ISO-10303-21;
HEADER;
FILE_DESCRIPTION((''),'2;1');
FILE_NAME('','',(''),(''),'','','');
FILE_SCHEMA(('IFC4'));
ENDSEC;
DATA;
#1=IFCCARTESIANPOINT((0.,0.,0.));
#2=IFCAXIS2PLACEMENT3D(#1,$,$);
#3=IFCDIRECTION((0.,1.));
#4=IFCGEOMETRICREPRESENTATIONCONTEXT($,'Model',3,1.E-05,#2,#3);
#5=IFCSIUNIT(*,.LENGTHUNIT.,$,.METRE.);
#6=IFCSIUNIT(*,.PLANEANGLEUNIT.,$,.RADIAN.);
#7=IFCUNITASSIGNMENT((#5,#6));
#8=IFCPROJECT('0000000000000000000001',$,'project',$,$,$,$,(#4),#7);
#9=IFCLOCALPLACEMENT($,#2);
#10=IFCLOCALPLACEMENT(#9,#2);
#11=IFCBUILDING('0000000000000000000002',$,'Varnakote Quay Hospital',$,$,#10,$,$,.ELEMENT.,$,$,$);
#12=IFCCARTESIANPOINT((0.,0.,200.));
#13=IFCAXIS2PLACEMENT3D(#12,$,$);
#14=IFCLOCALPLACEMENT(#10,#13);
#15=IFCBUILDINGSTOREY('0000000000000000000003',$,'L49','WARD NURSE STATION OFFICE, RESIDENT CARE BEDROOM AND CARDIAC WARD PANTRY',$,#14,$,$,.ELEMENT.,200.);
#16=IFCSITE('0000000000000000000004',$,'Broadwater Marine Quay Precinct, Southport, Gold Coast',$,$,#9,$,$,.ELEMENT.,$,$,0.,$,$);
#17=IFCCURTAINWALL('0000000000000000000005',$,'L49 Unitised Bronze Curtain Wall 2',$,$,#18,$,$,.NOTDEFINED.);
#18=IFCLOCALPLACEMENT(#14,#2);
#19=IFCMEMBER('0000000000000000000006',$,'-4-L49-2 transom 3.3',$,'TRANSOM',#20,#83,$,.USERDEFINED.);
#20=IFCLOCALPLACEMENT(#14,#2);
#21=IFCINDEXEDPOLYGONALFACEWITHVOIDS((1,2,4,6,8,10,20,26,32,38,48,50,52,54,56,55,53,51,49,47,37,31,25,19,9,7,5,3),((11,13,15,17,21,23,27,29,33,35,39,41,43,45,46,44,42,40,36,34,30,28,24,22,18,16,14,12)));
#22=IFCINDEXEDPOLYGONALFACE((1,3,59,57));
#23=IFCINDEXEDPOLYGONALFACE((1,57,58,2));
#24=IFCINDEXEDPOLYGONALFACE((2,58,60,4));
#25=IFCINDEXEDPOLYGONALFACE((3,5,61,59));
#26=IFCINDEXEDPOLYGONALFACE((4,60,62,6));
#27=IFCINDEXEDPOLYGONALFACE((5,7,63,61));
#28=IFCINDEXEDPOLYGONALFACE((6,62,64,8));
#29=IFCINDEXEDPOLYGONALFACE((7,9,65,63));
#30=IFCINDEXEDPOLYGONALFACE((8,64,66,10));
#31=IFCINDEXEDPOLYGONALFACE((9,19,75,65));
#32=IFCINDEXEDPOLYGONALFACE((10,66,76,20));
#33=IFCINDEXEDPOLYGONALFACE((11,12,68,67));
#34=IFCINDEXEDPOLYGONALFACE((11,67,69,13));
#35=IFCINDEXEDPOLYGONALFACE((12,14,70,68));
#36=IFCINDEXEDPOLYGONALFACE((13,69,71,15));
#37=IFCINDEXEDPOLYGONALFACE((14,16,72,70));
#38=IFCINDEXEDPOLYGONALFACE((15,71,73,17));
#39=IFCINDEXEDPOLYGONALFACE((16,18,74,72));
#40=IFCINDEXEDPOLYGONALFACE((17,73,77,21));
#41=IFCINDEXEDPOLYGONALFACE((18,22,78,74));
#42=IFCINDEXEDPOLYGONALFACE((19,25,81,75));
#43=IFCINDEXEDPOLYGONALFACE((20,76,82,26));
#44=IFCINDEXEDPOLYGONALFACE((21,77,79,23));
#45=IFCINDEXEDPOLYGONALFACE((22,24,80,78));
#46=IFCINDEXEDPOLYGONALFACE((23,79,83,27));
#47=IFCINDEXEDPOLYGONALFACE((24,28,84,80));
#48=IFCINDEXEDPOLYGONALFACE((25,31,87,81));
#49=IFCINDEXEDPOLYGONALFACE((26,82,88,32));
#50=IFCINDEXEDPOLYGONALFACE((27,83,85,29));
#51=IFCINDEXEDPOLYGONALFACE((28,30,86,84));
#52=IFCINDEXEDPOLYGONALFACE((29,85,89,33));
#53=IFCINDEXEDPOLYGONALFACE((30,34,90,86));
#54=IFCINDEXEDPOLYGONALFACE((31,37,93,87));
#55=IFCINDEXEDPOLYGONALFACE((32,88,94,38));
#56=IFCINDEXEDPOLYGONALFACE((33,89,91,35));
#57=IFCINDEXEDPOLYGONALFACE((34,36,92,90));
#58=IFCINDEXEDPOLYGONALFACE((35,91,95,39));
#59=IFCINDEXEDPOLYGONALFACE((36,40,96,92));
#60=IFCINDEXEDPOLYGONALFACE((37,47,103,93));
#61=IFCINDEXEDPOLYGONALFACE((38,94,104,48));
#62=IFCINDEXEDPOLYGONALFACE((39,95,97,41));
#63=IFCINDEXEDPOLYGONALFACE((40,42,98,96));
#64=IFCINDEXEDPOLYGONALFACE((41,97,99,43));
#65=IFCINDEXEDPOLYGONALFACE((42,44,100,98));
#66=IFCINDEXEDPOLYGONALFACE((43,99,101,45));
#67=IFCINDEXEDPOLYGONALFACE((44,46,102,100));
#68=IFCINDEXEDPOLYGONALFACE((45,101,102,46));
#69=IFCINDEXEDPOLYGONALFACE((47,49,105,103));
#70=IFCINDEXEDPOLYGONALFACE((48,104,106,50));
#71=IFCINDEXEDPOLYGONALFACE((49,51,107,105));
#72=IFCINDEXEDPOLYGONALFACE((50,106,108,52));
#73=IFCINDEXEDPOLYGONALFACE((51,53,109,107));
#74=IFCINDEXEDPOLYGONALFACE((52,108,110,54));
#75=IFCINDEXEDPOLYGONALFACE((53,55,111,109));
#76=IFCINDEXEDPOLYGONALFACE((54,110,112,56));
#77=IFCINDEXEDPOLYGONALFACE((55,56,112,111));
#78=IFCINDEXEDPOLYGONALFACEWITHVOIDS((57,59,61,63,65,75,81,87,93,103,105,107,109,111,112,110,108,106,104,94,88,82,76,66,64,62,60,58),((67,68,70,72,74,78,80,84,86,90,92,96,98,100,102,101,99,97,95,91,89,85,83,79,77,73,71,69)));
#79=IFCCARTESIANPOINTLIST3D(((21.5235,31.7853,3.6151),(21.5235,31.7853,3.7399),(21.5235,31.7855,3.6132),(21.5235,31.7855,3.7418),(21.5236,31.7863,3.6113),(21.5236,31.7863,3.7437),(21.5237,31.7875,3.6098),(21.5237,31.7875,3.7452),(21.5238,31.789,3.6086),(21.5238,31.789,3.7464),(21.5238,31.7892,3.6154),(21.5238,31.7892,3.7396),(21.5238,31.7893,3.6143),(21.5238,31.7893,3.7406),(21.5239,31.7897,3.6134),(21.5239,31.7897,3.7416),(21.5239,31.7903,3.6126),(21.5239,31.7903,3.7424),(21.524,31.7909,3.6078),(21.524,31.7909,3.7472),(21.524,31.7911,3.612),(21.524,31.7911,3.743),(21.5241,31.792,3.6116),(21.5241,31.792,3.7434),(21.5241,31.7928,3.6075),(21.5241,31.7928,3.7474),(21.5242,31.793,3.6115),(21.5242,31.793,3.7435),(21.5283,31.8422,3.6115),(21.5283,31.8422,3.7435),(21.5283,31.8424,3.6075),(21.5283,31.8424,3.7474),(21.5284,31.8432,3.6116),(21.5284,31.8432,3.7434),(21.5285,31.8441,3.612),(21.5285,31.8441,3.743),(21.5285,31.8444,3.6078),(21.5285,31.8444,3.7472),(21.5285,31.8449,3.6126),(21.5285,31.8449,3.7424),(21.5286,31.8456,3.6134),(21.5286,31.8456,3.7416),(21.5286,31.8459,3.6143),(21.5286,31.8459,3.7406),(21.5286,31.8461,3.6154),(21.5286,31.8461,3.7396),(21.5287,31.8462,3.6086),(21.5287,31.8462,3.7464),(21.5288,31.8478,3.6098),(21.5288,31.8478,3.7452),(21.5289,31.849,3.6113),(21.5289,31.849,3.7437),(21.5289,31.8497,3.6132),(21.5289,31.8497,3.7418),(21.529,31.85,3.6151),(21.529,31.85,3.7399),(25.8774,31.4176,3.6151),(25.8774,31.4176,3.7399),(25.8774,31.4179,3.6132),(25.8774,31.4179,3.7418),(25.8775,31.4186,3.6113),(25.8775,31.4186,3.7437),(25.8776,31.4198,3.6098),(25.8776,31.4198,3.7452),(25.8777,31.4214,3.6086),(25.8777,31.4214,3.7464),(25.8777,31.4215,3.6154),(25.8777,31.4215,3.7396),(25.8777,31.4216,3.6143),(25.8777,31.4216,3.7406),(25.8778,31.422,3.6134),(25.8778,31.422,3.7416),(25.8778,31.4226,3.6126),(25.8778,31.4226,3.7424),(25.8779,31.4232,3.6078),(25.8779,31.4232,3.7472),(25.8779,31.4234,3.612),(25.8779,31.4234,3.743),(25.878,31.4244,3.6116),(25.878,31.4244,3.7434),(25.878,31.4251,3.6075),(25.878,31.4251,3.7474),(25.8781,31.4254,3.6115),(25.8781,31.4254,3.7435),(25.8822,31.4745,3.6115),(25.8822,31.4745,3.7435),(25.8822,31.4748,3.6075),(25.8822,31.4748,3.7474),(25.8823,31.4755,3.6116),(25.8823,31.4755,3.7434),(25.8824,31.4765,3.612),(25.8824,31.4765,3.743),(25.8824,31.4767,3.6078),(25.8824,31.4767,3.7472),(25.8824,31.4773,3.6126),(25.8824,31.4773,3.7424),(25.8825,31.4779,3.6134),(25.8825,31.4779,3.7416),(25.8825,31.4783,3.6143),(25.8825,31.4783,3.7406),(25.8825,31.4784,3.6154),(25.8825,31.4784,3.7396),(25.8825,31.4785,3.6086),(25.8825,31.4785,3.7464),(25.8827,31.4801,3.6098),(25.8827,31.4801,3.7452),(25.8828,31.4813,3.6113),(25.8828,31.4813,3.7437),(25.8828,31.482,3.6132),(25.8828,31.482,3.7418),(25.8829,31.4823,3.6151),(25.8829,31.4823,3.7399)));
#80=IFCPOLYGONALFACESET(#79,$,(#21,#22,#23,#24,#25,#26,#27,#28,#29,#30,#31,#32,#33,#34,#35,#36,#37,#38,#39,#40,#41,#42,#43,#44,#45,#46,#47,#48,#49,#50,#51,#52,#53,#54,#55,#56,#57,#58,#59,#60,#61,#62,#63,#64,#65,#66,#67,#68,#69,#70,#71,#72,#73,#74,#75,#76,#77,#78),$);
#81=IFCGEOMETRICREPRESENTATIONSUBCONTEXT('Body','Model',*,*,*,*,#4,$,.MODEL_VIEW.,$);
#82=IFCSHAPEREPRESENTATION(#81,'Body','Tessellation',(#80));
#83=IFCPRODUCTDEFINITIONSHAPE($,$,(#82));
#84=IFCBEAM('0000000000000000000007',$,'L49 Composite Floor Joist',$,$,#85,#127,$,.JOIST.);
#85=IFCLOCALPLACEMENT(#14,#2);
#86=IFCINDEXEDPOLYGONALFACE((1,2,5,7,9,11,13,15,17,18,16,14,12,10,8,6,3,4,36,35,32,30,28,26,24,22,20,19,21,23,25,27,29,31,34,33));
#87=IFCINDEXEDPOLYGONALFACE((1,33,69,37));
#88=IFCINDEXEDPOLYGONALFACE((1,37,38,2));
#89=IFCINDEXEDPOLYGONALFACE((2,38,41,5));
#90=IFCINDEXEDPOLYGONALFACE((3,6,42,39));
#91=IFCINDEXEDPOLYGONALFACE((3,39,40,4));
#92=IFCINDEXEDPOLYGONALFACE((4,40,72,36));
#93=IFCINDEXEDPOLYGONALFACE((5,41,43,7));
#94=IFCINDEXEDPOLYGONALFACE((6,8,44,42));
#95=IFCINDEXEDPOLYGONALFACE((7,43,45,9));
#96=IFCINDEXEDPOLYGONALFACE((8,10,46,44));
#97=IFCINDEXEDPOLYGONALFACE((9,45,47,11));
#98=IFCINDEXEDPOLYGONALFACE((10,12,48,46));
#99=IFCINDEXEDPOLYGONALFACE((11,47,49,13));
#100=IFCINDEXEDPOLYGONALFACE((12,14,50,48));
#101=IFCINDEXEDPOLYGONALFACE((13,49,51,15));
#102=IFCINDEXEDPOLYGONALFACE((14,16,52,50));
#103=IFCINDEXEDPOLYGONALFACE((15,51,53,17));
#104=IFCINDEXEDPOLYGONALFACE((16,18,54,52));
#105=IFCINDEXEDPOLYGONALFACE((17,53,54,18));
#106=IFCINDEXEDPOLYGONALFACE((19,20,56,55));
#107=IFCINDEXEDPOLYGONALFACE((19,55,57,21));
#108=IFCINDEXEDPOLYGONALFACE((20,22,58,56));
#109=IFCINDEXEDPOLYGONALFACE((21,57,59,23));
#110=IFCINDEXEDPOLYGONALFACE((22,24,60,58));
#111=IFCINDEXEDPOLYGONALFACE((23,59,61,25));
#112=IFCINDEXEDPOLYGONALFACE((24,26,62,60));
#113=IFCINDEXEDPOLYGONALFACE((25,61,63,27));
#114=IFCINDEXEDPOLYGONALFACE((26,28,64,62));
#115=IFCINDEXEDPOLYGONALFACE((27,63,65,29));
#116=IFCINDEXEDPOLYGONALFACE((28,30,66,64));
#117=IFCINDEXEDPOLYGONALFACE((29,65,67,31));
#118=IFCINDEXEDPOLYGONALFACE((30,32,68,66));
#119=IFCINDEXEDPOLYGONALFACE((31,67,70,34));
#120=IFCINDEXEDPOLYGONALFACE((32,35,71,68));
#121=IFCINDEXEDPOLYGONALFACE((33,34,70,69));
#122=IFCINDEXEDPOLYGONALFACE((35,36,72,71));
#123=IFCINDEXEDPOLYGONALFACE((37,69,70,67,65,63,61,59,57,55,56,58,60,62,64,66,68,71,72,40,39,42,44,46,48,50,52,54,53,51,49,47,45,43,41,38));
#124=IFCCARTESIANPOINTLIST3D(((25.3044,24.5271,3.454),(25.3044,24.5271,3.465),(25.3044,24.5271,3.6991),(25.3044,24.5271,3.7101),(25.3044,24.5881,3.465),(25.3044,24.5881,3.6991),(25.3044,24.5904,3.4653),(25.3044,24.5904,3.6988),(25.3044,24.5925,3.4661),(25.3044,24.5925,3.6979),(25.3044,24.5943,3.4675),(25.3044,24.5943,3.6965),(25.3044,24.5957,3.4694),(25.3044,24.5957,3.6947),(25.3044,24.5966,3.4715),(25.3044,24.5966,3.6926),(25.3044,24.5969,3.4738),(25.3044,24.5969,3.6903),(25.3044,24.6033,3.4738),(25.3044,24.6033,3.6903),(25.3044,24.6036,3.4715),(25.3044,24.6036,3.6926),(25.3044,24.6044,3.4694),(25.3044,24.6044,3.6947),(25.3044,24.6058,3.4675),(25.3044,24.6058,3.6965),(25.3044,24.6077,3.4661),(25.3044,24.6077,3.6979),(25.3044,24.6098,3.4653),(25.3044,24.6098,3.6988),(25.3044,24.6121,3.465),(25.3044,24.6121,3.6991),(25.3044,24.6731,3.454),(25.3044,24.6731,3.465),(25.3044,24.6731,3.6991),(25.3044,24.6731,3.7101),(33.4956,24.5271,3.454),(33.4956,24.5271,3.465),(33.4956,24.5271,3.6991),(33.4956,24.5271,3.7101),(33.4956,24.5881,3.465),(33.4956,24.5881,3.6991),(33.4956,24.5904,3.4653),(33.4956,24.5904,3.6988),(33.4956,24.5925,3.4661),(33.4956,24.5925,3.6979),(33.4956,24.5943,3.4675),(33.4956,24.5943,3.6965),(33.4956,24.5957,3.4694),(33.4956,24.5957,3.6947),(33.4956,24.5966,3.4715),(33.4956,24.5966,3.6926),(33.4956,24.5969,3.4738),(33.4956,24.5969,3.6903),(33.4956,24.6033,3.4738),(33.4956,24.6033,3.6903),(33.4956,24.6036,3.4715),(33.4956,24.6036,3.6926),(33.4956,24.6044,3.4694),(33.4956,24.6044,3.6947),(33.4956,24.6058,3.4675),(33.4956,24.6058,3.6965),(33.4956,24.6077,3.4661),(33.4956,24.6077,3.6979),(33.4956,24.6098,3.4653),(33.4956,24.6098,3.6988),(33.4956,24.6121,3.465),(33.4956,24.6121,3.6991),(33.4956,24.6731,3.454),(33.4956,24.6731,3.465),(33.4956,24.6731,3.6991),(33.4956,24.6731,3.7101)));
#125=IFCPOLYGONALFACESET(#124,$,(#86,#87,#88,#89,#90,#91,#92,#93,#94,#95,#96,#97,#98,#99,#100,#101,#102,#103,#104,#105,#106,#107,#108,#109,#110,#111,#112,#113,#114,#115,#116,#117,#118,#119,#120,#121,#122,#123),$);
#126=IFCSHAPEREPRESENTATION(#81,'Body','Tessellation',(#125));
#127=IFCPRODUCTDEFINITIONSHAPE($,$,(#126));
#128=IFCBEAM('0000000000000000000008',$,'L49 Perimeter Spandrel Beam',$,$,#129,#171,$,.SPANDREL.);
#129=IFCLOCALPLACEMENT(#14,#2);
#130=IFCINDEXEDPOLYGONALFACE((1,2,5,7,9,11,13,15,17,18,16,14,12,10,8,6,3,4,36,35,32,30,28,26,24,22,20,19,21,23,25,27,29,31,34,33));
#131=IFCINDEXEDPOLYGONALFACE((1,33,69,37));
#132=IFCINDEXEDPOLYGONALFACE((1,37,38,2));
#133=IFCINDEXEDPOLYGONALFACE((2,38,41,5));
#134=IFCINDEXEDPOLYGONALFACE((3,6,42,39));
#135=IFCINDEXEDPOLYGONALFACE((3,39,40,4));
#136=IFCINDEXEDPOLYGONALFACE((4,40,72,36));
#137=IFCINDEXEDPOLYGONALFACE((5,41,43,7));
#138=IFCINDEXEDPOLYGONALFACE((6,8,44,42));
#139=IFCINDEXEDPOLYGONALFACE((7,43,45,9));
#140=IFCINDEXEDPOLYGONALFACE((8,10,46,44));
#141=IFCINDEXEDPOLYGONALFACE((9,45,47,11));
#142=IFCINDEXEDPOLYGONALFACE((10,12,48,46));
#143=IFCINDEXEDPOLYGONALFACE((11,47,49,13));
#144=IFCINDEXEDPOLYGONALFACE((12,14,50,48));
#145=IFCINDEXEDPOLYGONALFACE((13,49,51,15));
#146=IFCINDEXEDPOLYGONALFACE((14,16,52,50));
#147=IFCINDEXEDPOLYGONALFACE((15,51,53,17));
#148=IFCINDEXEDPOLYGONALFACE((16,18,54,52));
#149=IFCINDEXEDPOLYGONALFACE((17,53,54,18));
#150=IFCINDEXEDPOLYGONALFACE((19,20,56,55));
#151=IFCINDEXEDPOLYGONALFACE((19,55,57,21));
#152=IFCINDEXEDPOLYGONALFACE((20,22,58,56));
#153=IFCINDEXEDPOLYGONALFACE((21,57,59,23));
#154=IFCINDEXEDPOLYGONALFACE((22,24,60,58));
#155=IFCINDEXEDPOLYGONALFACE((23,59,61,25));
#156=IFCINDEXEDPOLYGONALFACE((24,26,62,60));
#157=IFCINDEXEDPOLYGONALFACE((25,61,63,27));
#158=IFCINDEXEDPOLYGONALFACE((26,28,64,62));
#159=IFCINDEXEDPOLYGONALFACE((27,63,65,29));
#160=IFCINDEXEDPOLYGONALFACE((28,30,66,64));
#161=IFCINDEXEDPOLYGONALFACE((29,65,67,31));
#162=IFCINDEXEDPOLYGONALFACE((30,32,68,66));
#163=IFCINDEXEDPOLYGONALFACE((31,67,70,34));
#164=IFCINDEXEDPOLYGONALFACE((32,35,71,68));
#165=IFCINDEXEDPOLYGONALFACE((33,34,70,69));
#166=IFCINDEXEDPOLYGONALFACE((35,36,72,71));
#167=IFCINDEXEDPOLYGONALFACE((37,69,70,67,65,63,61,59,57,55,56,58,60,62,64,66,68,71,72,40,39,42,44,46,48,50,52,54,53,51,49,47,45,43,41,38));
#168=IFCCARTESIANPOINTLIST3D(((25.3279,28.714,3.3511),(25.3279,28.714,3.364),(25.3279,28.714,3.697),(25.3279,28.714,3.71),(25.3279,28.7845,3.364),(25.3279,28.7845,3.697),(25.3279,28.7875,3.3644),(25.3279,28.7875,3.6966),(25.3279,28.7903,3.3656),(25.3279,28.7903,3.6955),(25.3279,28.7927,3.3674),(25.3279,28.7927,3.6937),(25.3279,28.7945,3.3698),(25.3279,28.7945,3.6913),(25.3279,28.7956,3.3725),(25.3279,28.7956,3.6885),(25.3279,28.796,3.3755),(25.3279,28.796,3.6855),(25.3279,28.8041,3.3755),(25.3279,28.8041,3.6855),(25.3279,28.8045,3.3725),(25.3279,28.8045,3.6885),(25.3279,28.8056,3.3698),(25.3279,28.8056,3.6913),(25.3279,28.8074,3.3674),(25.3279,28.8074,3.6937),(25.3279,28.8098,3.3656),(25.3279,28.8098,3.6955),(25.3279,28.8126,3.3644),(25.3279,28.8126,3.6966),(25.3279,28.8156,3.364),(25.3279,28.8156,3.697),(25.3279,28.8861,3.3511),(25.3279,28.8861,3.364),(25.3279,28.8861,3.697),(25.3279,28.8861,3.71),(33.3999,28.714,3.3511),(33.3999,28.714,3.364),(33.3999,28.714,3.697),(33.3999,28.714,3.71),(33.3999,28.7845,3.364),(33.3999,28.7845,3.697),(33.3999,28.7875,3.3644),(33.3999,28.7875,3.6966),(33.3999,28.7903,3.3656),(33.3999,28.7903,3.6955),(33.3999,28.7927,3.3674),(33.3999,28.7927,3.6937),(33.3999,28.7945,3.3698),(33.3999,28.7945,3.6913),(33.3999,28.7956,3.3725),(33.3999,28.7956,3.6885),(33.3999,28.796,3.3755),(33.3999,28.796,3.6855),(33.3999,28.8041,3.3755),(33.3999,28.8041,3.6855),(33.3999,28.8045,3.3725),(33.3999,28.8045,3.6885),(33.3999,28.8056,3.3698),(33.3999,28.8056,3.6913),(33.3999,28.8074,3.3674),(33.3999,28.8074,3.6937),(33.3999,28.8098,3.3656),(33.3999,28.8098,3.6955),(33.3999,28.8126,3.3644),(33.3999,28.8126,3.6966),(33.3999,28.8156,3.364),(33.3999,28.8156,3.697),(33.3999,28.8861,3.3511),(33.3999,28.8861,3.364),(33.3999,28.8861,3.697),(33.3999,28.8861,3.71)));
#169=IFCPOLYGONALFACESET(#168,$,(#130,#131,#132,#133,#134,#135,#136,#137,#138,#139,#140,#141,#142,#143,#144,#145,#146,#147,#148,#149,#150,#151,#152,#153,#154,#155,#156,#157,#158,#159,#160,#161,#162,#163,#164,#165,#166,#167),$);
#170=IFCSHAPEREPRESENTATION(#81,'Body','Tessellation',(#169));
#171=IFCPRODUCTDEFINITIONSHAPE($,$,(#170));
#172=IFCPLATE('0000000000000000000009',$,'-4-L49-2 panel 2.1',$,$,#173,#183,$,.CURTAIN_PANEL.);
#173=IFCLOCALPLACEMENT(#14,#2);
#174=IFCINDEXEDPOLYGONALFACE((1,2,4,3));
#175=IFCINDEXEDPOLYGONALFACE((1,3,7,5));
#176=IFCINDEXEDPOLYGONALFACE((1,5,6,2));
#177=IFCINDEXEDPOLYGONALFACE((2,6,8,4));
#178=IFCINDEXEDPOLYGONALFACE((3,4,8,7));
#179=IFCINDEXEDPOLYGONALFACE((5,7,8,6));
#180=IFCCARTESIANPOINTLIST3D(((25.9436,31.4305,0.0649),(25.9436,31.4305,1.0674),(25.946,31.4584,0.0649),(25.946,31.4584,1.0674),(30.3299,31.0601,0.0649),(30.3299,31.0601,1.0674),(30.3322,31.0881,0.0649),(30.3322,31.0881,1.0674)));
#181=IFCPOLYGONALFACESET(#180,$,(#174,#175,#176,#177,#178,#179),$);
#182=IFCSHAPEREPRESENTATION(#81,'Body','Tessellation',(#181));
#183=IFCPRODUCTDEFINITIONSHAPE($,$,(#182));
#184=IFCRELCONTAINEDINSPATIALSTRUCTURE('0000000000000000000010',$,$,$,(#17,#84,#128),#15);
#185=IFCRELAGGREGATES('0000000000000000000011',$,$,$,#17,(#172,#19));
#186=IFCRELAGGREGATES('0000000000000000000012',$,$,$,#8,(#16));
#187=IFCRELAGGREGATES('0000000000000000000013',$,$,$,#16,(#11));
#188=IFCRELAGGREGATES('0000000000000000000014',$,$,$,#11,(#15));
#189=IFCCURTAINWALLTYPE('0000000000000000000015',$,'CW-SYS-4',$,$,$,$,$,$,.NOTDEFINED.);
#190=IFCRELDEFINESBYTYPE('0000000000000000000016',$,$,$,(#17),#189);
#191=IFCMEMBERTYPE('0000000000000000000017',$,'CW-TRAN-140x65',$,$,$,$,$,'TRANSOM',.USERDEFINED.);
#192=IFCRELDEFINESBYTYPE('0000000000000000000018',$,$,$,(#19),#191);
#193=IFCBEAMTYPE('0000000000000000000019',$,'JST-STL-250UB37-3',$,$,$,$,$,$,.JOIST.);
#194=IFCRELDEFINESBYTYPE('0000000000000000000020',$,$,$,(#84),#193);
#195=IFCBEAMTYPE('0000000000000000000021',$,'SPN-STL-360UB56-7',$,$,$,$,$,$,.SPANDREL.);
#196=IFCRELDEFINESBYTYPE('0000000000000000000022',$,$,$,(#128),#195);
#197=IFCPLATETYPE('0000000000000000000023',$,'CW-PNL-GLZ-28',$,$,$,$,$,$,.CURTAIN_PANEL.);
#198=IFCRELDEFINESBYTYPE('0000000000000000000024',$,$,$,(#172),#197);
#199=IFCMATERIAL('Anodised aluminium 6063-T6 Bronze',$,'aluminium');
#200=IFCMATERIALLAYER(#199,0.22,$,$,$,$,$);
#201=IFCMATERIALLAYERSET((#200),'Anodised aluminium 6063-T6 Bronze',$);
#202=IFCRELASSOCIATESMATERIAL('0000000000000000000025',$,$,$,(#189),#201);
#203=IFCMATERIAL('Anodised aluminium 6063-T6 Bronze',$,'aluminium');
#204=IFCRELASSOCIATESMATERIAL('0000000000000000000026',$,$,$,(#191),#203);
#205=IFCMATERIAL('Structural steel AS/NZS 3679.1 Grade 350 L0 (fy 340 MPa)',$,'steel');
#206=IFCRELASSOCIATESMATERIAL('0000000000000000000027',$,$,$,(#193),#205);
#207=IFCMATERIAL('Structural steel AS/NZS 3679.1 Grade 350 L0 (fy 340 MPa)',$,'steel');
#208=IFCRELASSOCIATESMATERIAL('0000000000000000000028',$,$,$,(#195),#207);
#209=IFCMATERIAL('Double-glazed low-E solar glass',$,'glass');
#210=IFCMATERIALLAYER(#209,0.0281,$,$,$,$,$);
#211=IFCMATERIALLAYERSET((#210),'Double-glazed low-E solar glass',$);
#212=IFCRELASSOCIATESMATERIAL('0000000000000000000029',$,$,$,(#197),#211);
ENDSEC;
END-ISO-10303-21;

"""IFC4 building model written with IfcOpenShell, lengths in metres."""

from ifc_helpers import new_model, si_unit, direction, frame, origin, origin_2d, place, context, subcontext, project, spatial, rectangle, hollow_rectangle, i_section, extrude, material, layer, layer_set, material_profile, profile_set, type_object, element, aggregate, save


model = new_model("IFC4")

# Units and contexts
model_context = context("Model", 3, precision=1e-05, world=origin(), true_north=direction((0.0, 1.0)))
body_context = subcontext(model_context, "Body", "Model", "MODEL_VIEW")
ifc_project = project(units=[si_unit("LENGTHUNIT", "METRE"), si_unit("PLANEANGLEUNIT", "RADIAN")], contexts=[model_context])

# Site, building, storey
site_placement = place(None, origin())
site = spatial("IfcSite", under=ifc_project, at=site_placement, Name="Broadwater Marine Quay Precinct, Southport, Gold Coast", CompositionType="ELEMENT", RefElevation=0.0)
building_placement = place(site_placement, origin())
building = spatial("IfcBuilding", under=site, at=building_placement, Name="Varnakote Quay Hospital", CompositionType="ELEMENT")
storey_placement = place(building_placement, frame((0.0, 0.0, 200.0)))
storey = spatial("IfcBuildingStorey", under=building, at=storey_placement, Name="L49", Description="WARD NURSE STATION OFFICE, RESIDENT CARE BEDROOM AND CARDIAC WARD PANTRY", CompositionType="ELEMENT", Elevation=200.0)

# Curtain wall, member
ifc_material_1 = material(Name="Anodised aluminium 6063-T6 Bronze", Category="aluminium")
ifc_layer_1 = layer(ifc_material_1, 0.22)
ifc_layer_set_1 = layer_set([ifc_layer_1], Name="Anodised aluminium 6063-T6 Bronze")
curtain_wall_type = type_object("IfcCurtainWallType", Name="CW-SYS-4", PredefinedType="NOTDEFINED", material=ifc_layer_set_1)
curtain_wall_placement = place(storey_placement, origin())
curtain_wall = element("IfcCurtainWall", 1, at=curtain_wall_placement, inside=storey, type_object=curtain_wall_type, Name="L49 Unitised Bronze Curtain Wall 2", PredefinedType="NOTDEFINED")
ifc_material_2 = material(Name="Anodised aluminium 6063-T6 Bronze", Category="aluminium")
ifc_material_profile_1 = material_profile(ifc_material_2, hollow_rectangle(XDim=0.0649, YDim=0.1399, WallThickness=0.0039, InnerFilletRadius=0.0039, OuterFilletRadius=0.0076, at=origin_2d()), Name="CW-TRAN-140x65")
ifc_profile_set_1 = profile_set([ifc_material_profile_1], Name="Anodised aluminium 6063-T6 Bronze")
member_type_1 = type_object("IfcMemberType", Name="CW-TRAN-140x65", ElementType="TRANSOM", PredefinedType="USERDEFINED", material=ifc_profile_set_1)
member_1_placement = place(storey_placement, frame((25.8801, 31.45, 3.6775), z_axis=(-0.996453, 0.084146, 0.0), x_axis=(-0.084146, -0.996453, 0.0)))
member_1 = element("IfcMember", 2, at=member_1_placement, type_object=member_type_1, Name="-4-L49-2 transom 3.3", ObjectType="TRANSOM", PredefinedType="USERDEFINED", context=body_context, shape_type="SweptSolid", body=[
    extrude(hollow_rectangle(XDim=0.0649, YDim=0.1399, WallThickness=0.0039, InnerFilletRadius=0.0039, OuterFilletRadius=0.0076, at=origin_2d()), origin(), (0.0, 0.0, 1.0), 4.3694),
])

# Beams
ifc_material_3 = material(Name="Structural steel AS/NZS 3679.1 Grade 350 L0 (fy 340 MPa)", Category="steel")
ifc_material_profile_2 = material_profile(ifc_material_3, i_section(OverallWidth=0.146, OverallDepth=0.2561, WebThickness=0.0063, FlangeThickness=0.011, FilletRadius=0.0088, at=origin_2d()), Name="250UB37.3")
ifc_profile_set_2 = profile_set([ifc_material_profile_2], Name="Structural steel AS/NZS 3679.1 Grade 350 L0 (fy 340 MPa)")
beam_type_1 = type_object("IfcBeamType", Name="JST-STL-250UB37-3", PredefinedType="JOIST", material=ifc_profile_set_2)
beam_1_placement = place(storey_placement, frame((25.3044, 24.6001, 3.582), z_axis=(1.0, 0.0, 0.0), x_axis=(0.0, 1.0, 0.0)))
element("IfcBeam", 3, at=beam_1_placement, inside=storey, type_object=beam_type_1, Name="L49 Composite Floor Joist", PredefinedType="JOIST", context=body_context, shape_type="SweptSolid", body=[
    extrude(i_section(OverallWidth=0.146, OverallDepth=0.2561, WebThickness=0.0063, FlangeThickness=0.011, FilletRadius=0.0088, at=origin_2d()), origin(), (0.0, 0.0, 1.0), 8.1912),
])
ifc_material_4 = material(Name="Structural steel AS/NZS 3679.1 Grade 350 L0 (fy 340 MPa)", Category="steel")
ifc_material_profile_3 = material_profile(ifc_material_4, i_section(OverallWidth=0.1721, OverallDepth=0.3589, WebThickness=0.0081, FlangeThickness=0.0129, FilletRadius=0.0115, at=origin_2d()), Name="360UB56.7")
ifc_profile_set_3 = profile_set([ifc_material_profile_3], Name="Structural steel AS/NZS 3679.1 Grade 350 L0 (fy 340 MPa)")
beam_type_2 = type_object("IfcBeamType", Name="SPN-STL-360UB56-7", PredefinedType="SPANDREL", material=ifc_profile_set_3)
beam_2_placement = place(storey_placement, frame((25.3279, 28.8, 3.5305), z_axis=(1.0, 0.0, 0.0), x_axis=(0.0, 1.0, 0.0)))
element("IfcBeam", 4, at=beam_2_placement, inside=storey, type_object=beam_type_2, Name="L49 Perimeter Spandrel Beam", PredefinedType="SPANDREL", context=body_context, shape_type="SweptSolid", body=[
    extrude(i_section(OverallWidth=0.1721, OverallDepth=0.3589, WebThickness=0.0081, FlangeThickness=0.0129, FilletRadius=0.0115, at=origin_2d()), origin(), (0.0, 0.0, 1.0), 8.072),
])

# Plate
ifc_material_5 = material(Name="Double-glazed low-E solar glass", Category="glass")
ifc_layer_2 = layer(ifc_material_5, 0.0281)
ifc_layer_set_2 = layer_set([ifc_layer_2], Name="Double-glazed low-E solar glass")
plate_type = type_object("IfcPlateType", Name="CW-PNL-GLZ-28", PredefinedType="CURTAIN_PANEL", material=ifc_layer_set_2)
plate_1_placement = place(storey_placement, frame((28.1379, 31.2593, 0.0649), z_axis=(0.0, 0.0, 1.0), x_axis=(-0.996454, 0.084136, 0.0)))
plate_1 = element("IfcPlate", 5, at=plate_1_placement, type_object=plate_type, Name="-4-L49-2 panel 2.1", PredefinedType="CURTAIN_PANEL", context=body_context, shape_type="SweptSolid", body=[
    extrude(rectangle(XDim=4.4019, YDim=0.0281, at=origin_2d()), origin(), (0.0, 0.0, 1.0), 1.0024),
])
aggregate(curtain_wall, [plate_1, member_1])

save(model, "model.ifc")
